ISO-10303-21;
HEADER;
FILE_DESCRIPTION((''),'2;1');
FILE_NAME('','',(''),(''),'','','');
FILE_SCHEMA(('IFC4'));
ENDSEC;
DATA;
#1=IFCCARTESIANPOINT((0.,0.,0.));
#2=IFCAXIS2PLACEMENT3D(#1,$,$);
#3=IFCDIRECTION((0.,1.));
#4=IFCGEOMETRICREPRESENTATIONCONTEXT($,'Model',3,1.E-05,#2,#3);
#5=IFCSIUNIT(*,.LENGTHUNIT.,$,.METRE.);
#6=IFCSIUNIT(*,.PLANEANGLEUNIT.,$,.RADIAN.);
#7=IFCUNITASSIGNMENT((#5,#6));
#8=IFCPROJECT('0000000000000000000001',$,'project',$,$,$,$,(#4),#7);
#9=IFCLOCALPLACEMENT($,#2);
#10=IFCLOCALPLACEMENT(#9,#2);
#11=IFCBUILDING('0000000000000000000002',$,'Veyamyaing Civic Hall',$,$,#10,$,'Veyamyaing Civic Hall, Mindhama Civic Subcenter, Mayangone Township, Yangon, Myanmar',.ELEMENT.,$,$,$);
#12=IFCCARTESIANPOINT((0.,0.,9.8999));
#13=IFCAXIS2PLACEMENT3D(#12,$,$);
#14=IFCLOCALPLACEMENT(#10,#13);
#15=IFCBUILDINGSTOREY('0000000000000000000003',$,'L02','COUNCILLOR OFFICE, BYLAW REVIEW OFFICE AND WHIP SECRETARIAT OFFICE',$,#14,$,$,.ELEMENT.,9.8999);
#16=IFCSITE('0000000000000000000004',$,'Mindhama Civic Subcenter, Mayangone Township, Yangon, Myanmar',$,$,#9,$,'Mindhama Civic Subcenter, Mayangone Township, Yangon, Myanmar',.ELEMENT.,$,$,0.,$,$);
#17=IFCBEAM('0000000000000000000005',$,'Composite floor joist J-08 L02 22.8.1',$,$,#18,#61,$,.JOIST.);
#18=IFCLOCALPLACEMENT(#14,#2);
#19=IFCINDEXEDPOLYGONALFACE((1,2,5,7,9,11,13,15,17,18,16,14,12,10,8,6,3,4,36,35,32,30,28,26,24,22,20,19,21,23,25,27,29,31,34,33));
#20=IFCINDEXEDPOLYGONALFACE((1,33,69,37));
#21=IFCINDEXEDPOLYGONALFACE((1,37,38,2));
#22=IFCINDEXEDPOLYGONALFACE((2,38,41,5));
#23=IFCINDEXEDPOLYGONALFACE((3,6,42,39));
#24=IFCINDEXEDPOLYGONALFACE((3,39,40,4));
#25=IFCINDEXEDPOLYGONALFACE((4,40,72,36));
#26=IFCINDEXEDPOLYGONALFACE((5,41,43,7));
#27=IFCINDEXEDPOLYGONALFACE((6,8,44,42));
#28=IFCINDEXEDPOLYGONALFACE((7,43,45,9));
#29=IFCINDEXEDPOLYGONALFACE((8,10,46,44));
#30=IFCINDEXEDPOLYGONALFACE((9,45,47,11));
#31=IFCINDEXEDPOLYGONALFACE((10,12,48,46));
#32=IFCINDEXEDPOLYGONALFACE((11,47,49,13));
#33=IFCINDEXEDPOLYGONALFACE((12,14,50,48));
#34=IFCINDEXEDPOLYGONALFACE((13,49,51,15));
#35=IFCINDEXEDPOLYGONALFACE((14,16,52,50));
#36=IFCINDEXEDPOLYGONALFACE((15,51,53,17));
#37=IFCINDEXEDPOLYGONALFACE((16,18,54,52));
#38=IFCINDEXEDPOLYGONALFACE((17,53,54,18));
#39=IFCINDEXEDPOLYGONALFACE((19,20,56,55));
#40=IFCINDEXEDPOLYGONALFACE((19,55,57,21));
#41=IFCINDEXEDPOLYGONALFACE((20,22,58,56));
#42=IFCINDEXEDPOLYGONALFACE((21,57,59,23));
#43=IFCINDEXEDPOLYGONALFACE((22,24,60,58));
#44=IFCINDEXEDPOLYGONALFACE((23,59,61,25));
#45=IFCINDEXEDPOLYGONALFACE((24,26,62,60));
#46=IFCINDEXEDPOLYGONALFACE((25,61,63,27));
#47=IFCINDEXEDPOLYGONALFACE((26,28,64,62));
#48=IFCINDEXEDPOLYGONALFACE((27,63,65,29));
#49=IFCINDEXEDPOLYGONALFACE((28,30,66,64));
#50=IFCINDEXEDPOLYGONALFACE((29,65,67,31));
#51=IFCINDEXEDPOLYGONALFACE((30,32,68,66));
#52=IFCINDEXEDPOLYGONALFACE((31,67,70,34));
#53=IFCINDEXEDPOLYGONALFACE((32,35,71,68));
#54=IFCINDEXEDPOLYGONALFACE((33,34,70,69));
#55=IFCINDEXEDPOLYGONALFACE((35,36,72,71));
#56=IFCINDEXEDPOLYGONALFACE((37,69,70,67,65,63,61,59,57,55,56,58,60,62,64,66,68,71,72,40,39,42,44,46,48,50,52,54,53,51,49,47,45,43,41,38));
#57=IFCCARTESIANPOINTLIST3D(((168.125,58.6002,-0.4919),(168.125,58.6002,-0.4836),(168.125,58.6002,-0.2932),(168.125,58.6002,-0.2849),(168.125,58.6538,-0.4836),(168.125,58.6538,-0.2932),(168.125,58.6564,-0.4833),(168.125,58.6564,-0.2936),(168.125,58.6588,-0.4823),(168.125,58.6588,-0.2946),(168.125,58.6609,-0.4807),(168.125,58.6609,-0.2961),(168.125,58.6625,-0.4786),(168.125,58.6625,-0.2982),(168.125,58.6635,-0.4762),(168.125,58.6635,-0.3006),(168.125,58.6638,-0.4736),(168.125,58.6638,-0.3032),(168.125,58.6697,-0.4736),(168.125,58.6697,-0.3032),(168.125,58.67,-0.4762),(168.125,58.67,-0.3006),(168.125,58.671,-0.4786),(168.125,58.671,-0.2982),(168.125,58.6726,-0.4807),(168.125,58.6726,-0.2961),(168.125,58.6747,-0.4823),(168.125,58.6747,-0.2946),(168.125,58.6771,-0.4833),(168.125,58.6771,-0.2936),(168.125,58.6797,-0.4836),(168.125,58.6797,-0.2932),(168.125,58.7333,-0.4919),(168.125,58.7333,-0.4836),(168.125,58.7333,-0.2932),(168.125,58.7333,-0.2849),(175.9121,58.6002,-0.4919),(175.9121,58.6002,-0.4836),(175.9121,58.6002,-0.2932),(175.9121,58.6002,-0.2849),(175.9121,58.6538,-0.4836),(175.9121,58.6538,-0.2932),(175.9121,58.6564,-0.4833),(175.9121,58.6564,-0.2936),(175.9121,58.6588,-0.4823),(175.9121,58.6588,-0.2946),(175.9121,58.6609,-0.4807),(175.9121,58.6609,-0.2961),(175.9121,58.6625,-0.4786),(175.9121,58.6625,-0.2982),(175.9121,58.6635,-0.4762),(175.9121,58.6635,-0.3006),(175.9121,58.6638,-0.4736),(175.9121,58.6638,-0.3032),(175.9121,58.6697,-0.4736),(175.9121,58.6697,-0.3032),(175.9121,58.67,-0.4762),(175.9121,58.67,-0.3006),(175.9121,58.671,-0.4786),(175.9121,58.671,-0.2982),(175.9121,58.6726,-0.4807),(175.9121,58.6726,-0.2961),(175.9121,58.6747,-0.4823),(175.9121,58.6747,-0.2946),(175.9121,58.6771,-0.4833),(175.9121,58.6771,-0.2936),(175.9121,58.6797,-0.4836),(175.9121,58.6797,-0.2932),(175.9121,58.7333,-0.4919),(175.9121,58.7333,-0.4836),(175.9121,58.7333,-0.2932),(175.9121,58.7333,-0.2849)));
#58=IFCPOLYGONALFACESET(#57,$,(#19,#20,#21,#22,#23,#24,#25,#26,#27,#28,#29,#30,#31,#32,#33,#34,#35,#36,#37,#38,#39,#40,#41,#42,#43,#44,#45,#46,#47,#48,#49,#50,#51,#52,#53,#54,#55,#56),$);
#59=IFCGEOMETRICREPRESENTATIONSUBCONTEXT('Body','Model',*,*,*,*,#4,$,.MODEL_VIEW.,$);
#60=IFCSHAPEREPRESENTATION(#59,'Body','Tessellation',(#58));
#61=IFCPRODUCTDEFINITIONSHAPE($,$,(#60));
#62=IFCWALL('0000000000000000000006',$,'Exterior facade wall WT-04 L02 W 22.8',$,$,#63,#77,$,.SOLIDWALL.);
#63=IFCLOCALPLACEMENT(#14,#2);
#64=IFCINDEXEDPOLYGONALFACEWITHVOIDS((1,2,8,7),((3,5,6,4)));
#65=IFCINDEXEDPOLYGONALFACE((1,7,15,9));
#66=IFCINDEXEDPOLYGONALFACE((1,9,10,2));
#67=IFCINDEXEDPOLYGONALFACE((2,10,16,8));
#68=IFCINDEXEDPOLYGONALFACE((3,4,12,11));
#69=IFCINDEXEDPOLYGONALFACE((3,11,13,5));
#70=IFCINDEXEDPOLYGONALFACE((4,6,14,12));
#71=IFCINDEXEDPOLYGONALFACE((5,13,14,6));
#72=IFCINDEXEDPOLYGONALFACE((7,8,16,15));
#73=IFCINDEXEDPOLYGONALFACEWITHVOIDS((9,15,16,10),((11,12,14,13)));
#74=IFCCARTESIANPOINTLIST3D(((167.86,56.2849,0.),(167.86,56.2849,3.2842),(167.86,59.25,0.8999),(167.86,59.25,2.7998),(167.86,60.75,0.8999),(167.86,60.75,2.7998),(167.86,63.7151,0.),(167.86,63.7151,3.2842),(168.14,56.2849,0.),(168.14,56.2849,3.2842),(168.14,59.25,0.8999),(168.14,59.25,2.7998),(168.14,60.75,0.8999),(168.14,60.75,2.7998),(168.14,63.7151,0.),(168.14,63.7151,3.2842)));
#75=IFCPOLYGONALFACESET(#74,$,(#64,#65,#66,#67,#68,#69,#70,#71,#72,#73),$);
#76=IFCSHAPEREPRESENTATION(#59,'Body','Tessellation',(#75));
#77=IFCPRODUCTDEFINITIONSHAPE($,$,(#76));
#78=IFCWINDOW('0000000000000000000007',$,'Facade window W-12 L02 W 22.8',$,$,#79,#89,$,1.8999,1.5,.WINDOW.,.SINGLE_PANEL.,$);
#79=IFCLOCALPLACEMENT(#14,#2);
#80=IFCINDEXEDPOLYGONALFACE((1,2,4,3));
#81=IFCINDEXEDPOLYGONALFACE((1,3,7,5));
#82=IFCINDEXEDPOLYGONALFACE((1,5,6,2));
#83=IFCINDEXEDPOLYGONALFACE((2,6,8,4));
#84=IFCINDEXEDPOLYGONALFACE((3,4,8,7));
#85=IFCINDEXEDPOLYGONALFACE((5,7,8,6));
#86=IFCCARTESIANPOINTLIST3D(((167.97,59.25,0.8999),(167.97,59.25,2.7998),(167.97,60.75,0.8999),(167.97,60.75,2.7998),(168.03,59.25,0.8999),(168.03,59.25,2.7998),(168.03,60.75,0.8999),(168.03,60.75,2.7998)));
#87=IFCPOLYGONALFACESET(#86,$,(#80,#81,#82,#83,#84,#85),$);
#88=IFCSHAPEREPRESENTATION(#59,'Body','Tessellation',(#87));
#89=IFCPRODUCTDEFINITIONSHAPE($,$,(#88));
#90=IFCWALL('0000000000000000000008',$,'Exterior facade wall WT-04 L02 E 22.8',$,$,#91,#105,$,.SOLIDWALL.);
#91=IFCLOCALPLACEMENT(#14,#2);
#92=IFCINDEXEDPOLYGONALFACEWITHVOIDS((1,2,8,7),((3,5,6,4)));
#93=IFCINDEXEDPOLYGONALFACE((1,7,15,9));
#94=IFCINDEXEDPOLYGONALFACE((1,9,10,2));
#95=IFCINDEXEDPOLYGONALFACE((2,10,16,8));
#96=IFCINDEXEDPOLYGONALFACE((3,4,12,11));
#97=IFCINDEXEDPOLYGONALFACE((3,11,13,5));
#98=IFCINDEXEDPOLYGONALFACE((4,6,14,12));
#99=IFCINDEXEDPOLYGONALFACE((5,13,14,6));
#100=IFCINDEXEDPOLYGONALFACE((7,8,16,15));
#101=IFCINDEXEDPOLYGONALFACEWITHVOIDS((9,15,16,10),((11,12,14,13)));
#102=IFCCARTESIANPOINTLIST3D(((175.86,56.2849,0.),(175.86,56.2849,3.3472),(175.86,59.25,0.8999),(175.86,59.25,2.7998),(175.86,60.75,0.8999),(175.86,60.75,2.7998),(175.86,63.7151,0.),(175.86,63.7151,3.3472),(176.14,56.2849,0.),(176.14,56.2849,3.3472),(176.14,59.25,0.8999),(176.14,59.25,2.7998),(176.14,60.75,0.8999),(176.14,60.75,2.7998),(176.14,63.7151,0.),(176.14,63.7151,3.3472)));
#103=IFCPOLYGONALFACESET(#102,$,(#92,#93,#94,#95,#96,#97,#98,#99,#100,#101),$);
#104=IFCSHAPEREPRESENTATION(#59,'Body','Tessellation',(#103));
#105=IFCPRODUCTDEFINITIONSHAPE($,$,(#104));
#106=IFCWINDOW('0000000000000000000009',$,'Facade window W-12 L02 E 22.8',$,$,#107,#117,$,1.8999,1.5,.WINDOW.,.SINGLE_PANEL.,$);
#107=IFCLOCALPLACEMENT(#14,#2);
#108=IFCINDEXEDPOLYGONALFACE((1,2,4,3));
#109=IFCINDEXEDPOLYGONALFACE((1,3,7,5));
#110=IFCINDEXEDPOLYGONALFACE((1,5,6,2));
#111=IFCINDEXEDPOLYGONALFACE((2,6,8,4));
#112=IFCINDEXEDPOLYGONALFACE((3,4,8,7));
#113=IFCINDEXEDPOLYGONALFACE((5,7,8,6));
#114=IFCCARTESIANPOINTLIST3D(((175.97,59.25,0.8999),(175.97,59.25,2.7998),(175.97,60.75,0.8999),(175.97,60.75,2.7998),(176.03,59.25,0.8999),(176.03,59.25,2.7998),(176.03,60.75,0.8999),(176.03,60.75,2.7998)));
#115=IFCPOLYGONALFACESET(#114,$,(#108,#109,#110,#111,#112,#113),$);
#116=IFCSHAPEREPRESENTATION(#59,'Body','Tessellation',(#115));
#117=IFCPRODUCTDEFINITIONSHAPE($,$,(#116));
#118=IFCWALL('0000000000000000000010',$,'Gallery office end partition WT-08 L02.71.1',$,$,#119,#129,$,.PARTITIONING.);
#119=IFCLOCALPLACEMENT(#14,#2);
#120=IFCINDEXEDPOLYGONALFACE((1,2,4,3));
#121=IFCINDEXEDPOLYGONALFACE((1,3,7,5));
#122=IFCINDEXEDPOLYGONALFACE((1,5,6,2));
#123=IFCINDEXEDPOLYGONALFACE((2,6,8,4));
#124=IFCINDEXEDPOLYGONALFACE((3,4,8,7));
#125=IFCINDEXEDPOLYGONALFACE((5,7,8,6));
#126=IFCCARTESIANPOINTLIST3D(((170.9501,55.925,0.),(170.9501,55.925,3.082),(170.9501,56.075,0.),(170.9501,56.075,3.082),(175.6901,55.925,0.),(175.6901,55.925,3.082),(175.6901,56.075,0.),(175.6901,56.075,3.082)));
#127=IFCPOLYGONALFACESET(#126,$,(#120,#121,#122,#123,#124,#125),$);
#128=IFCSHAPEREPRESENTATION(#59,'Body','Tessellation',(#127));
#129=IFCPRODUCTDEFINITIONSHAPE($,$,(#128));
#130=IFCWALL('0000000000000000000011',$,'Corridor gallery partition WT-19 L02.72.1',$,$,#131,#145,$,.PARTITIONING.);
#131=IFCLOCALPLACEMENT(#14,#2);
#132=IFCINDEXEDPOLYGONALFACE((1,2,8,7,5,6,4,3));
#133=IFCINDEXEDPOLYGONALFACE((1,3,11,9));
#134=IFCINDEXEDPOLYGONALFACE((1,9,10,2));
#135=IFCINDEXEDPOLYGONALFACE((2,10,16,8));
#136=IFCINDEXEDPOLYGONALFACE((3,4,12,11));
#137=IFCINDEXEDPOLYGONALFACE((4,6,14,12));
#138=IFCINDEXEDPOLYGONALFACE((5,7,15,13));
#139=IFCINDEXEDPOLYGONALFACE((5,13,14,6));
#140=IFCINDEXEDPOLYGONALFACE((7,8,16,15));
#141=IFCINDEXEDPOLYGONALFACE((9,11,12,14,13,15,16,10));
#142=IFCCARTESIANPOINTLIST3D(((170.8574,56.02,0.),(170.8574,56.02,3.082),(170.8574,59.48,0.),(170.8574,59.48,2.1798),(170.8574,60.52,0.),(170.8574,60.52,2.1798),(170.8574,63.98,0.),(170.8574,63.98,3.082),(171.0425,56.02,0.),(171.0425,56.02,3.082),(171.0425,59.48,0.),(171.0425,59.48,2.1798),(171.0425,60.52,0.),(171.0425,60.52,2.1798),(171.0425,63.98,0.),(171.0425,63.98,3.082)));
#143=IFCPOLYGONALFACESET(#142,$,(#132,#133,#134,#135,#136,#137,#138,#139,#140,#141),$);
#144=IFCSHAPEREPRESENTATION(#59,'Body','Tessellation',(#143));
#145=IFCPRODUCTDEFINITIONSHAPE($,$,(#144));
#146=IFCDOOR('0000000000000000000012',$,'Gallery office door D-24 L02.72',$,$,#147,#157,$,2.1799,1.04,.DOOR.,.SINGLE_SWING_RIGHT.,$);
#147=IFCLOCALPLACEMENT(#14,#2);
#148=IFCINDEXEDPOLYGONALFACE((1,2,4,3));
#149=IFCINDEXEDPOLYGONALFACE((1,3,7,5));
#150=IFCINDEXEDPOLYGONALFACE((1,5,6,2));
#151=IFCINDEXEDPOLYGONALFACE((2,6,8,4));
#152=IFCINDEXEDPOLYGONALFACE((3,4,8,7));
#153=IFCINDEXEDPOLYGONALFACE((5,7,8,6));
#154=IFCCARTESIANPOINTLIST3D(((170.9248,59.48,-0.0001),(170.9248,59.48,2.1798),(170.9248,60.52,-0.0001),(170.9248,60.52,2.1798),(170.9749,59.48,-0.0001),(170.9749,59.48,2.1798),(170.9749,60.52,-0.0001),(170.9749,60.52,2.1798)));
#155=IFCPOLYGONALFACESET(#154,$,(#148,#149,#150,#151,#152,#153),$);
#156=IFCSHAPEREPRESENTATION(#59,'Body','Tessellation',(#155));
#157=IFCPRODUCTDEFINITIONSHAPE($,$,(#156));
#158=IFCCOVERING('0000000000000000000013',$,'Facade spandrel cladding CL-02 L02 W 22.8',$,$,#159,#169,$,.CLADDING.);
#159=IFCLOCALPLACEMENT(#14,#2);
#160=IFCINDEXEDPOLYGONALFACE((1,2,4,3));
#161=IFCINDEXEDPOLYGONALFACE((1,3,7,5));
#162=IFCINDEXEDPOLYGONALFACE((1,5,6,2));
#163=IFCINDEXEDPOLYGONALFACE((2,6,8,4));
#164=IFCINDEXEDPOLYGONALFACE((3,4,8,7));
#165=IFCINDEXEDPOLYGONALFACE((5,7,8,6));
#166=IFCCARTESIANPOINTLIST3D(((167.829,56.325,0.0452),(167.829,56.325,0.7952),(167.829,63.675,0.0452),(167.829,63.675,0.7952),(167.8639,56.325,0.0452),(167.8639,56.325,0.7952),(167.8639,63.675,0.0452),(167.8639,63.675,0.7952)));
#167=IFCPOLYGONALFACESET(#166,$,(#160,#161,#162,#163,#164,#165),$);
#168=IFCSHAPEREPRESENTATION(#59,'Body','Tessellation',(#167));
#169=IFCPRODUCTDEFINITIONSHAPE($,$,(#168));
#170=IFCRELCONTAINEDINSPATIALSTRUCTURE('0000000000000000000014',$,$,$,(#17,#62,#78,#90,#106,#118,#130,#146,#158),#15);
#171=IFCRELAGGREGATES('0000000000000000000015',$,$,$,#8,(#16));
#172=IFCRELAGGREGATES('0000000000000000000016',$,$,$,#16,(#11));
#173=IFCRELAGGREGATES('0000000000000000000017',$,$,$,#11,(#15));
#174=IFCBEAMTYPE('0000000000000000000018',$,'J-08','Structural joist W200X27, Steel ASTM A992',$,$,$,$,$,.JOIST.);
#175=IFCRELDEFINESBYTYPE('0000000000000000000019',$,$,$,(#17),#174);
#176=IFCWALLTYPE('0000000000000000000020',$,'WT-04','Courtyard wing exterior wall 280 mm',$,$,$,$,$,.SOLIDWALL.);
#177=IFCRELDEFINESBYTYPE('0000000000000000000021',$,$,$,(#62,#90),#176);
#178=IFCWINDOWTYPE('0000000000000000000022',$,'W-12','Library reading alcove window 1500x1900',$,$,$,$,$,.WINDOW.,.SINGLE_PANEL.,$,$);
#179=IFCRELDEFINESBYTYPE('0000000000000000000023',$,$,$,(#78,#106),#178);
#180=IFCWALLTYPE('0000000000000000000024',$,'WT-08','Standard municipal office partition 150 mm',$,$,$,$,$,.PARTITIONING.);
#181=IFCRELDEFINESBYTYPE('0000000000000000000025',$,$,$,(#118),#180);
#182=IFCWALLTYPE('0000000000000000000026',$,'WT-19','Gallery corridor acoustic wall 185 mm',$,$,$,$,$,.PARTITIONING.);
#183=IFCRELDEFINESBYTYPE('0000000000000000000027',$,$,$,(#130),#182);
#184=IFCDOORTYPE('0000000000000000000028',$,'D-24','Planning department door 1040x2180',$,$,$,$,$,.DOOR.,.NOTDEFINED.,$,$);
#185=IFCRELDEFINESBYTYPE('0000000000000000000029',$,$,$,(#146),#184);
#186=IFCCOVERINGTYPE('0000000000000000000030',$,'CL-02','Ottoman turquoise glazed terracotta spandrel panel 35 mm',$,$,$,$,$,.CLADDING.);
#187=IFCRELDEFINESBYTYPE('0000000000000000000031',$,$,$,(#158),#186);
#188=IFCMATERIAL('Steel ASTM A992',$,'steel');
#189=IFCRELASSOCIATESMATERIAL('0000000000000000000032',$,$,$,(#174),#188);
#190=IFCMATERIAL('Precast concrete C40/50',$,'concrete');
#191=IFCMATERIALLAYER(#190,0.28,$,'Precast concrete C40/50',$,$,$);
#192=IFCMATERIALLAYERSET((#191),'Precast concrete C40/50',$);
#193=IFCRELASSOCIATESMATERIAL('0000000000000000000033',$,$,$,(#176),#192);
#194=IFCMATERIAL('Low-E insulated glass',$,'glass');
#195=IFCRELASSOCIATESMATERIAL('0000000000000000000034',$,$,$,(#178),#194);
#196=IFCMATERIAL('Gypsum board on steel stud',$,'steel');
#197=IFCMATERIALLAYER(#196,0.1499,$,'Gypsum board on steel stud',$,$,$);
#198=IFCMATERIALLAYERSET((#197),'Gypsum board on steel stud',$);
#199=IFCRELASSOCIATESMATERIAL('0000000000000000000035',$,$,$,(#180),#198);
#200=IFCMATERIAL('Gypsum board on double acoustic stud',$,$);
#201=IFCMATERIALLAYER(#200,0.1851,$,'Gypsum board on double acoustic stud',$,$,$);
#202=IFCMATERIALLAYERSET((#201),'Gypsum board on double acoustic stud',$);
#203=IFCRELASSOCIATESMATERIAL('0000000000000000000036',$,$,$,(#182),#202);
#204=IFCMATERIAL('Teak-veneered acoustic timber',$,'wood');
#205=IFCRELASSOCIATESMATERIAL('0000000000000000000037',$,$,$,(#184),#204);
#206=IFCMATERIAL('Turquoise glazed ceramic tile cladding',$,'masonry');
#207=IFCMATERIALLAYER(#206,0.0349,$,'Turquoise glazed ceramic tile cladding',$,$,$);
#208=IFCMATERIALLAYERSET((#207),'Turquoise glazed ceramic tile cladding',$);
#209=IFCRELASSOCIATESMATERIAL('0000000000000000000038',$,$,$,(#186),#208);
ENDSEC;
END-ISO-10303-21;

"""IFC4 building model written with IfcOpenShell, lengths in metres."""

from ifc_helpers import new_model, si_unit, direction, frame, frame_2d, origin, origin_2d, place, context, subcontext, project, spatial, rectangle, i_section, extrude, material, layer, layer_set, material_profile, profile_set, type_object, element, fill, save


model = new_model("IFC4")

# Units and contexts
model_context = context("Model", 3, precision=1e-05, world=origin(), true_north=direction((0.0, 1.0)))
body_context = subcontext(model_context, "Body", "Model", "MODEL_VIEW")
ifc_project = project(units=[si_unit("LENGTHUNIT", "METRE"), si_unit("PLANEANGLEUNIT", "RADIAN")], contexts=[model_context])

# Site, building, storey
site_placement = place(None, origin())
site = spatial("IfcSite", under=ifc_project, at=site_placement, Name="Mindhama Civic Subcenter, Mayangone Township, Yangon, Myanmar", LongName="Mindhama Civic Subcenter, Mayangone Township, Yangon, Myanmar", CompositionType="ELEMENT", RefElevation=0.0)
building_placement = place(site_placement, origin())
building = spatial("IfcBuilding", under=site, at=building_placement, Name="Veyamyaing Civic Hall", LongName="Veyamyaing Civic Hall, Mindhama Civic Subcenter, Mayangone Township, Yangon, Myanmar", CompositionType="ELEMENT")
storey_placement = place(building_placement, frame((0.0, 0.0, 9.8999)))
storey = spatial("IfcBuildingStorey", under=building, at=storey_placement, Name="L02", Description="COUNCILLOR OFFICE, BYLAW REVIEW OFFICE AND WHIP SECRETARIAT OFFICE", CompositionType="ELEMENT", Elevation=9.8999)

# Beam
ifc_material_1 = material(Name="Steel ASTM A992", Category="steel")
ifc_material_profile_1 = material_profile(ifc_material_1, i_section(OverallWidth=0.1331, OverallDepth=0.207, WebThickness=0.0059, FlangeThickness=0.0083, FilletRadius=0.01, at=origin_2d()), Name="W200X27")
ifc_profile_set_1 = profile_set([ifc_material_profile_1], Name="Steel ASTM A992")
beam_type_1 = type_object("IfcBeamType", Name="J-08", Description="Structural joist W200X27, Steel ASTM A992", PredefinedType="JOIST", material=ifc_profile_set_1)
beam_1_placement = place(storey_placement, frame((168.125, 58.6667, -0.3884), z_axis=(1.0, 0.0, 0.0), x_axis=(0.0, 1.0, 0.0)))
element("IfcBeam", 1, at=beam_1_placement, inside=storey, type_object=beam_type_1, Name="Composite floor joist J-08 L02 22.8.1", PredefinedType="JOIST", context=body_context, shape_type="SweptSolid", body=[
    extrude(i_section(OverallWidth=0.1331, OverallDepth=0.207, WebThickness=0.0059, FlangeThickness=0.0083, FilletRadius=0.01, at=origin_2d()), origin(), (0.0, 0.0, 1.0), 7.7871),
])

# Walls, openings, windows
ifc_material_2 = material(Name="Precast concrete C40/50", Category="concrete")
ifc_layer_1 = layer(ifc_material_2, 0.28, Name="Precast concrete C40/50")
ifc_layer_set_1 = layer_set([ifc_layer_1], Name="Precast concrete C40/50")
wall_type_1 = type_object("IfcWallType", Name="WT-04", Description="Courtyard wing exterior wall 280 mm", PredefinedType="SOLIDWALL", material=ifc_layer_set_1)
wall_1_placement = place(storey_placement, frame((168.0, 56.2849, 0.0), z_axis=(0.0, 0.0, 1.0), x_axis=(0.0, 1.0, 0.0)))
wall_1 = element("IfcWall", 2, at=wall_1_placement, inside=storey, type_object=wall_type_1, Name="Exterior facade wall WT-04 L02 W 22.8", PredefinedType="SOLIDWALL", context=body_context, shape_type="SweptSolid", body=[
    extrude(rectangle(XDim=7.4302, YDim=0.28, at=frame_2d((3.7151, 0.0))), origin(), (0.0, 0.0, 1.0), 3.2842),
])
opening_1_placement = place(wall_1_placement, frame((2.9651, 0.0, 0.8999)))
opening_1 = element("IfcOpeningElement", 3, at=opening_1_placement, cuts=wall_1, PredefinedType="OPENING", context=body_context, shape_type="SweptSolid", body=[
    extrude(rectangle(XDim=1.5, YDim=1.8999, at=frame_2d((0.75, 0.95))), frame((0.0, 0.1499, 0.0), z_axis=(0.0, -1.0, 0.0), x_axis=(1.0, 0.0, 0.0)), (0.0, 0.0, 1.0), 0.3),
])
ifc_material_3 = material(Name="Low-E insulated glass", Category="glass")
window_type = type_object("IfcWindowType", Name="W-12", Description="Library reading alcove window 1500x1900", PartitioningType="SINGLE_PANEL", PredefinedType="WINDOW", material=ifc_material_3)
window_1_placement = place(opening_1_placement, origin())
window_1 = element("IfcWindow", 4, at=window_1_placement, inside=storey, type_object=window_type, Name="Facade window W-12 L02 W 22.8", OverallHeight=1.8999, OverallWidth=1.5, PartitioningType="SINGLE_PANEL", PredefinedType="WINDOW", context=body_context, shape_type="SweptSolid", body=[
    extrude(rectangle(XDim=1.5, YDim=1.8999, at=frame_2d((0.75, 0.95))), frame((0.0, 0.03, 0.0), z_axis=(0.0, -1.0, 0.0), x_axis=(1.0, 0.0, 0.0)), (0.0, 0.0, 1.0), 0.0601),
])
fill(opening_1, window_1)
wall_2_placement = place(storey_placement, frame((176.0, 56.2849, 0.0), z_axis=(0.0, 0.0, 1.0), x_axis=(0.0, 1.0, 0.0)))
wall_2 = element("IfcWall", 5, at=wall_2_placement, inside=storey, type_object=wall_type_1, Name="Exterior facade wall WT-04 L02 E 22.8", PredefinedType="SOLIDWALL", context=body_context, shape_type="SweptSolid", body=[
    extrude(rectangle(XDim=7.4302, YDim=0.28, at=frame_2d((3.7151, 0.0))), origin(), (0.0, 0.0, 1.0), 3.3472),
])
opening_2_placement = place(wall_2_placement, frame((2.9651, 0.0, 0.8999)))
opening_2 = element("IfcOpeningElement", 6, at=opening_2_placement, cuts=wall_2, PredefinedType="OPENING", context=body_context, shape_type="SweptSolid", body=[
    extrude(rectangle(XDim=1.5, YDim=1.8999, at=frame_2d((0.75, 0.95))), frame((0.0, 0.1499, 0.0), z_axis=(0.0, -1.0, 0.0), x_axis=(1.0, 0.0, 0.0)), (0.0, 0.0, 1.0), 0.3),
])
window_2_placement = place(opening_2_placement, origin())
window_2 = element("IfcWindow", 7, at=window_2_placement, inside=storey, type_object=window_type, Name="Facade window W-12 L02 E 22.8", OverallHeight=1.8999, OverallWidth=1.5, PartitioningType="SINGLE_PANEL", PredefinedType="WINDOW", context=body_context, shape_type="SweptSolid", body=[
    extrude(rectangle(XDim=1.5, YDim=1.8999, at=frame_2d((0.75, 0.95))), frame((0.0, 0.03, 0.0), z_axis=(0.0, -1.0, 0.0), x_axis=(1.0, 0.0, 0.0)), (0.0, 0.0, 1.0), 0.0601),
])
fill(opening_2, window_2)

# Wall
ifc_material_4 = material(Name="Gypsum board on steel stud", Category="steel")
ifc_layer_2 = layer(ifc_material_4, 0.1499, Name="Gypsum board on steel stud")
ifc_layer_set_2 = layer_set([ifc_layer_2], Name="Gypsum board on steel stud")
wall_type_2 = type_object("IfcWallType", Name="WT-08", Description="Standard municipal office partition 150 mm", PredefinedType="PARTITIONING", material=ifc_layer_set_2)
wall_3_placement = place(storey_placement, frame((170.95, 56.0, 0.0), z_axis=(0.0, 0.0, 1.0), x_axis=(1.0, 0.0, 0.0)))
element("IfcWall", 8, at=wall_3_placement, inside=storey, type_object=wall_type_2, Name="Gallery office end partition WT-08 L02.71.1", PredefinedType="PARTITIONING", context=body_context, shape_type="SweptSolid", body=[
    extrude(rectangle(XDim=4.74, YDim=0.1499, at=frame_2d((2.3701, 0.0))), origin(), (0.0, 0.0, 1.0), 3.082),
])

# Wall, opening, door
ifc_material_5 = material(Name="Gypsum board on double acoustic stud")
ifc_layer_3 = layer(ifc_material_5, 0.1851, Name="Gypsum board on double acoustic stud")
ifc_layer_set_3 = layer_set([ifc_layer_3], Name="Gypsum board on double acoustic stud")
wall_type_3 = type_object("IfcWallType", Name="WT-19", Description="Gallery corridor acoustic wall 185 mm", PredefinedType="PARTITIONING", material=ifc_layer_set_3)
wall_4_placement = place(storey_placement, frame((170.95, 56.02, 0.0), z_axis=(0.0, 0.0, 1.0), x_axis=(0.0, 1.0, 0.0)))
wall_4 = element("IfcWall", 9, at=wall_4_placement, inside=storey, type_object=wall_type_3, Name="Corridor gallery partition WT-19 L02.72.1", PredefinedType="PARTITIONING", context=body_context, shape_type="SweptSolid", body=[
    extrude(rectangle(XDim=7.96, YDim=0.1851, at=frame_2d((3.98, 0.0))), origin(), (0.0, 0.0, 1.0), 3.082),
])
opening_3_placement = place(wall_4_placement, frame((3.46, 0.0, 0.0)))
opening_3 = element("IfcOpeningElement", 10, at=opening_3_placement, cuts=wall_4, PredefinedType="OPENING", context=body_context, shape_type="SweptSolid", body=[
    extrude(rectangle(XDim=1.04, YDim=2.1799, at=frame_2d((0.52, 1.0898))), frame((0.0, 0.1025, 0.0), z_axis=(0.0, -1.0, 0.0), x_axis=(1.0, 0.0, 0.0)), (0.0, 0.0, 1.0), 0.2051),
])
ifc_material_6 = material(Name="Teak-veneered acoustic timber", Category="wood")
door_type = type_object("IfcDoorType", Name="D-24", Description="Planning department door 1040x2180", OperationType="NOTDEFINED", PredefinedType="DOOR", material=ifc_material_6)
door_placement = place(opening_3_placement, frame((1.04, 0.0, 0.0), z_axis=(0.0, 0.0, 1.0), x_axis=(-1.0, 0.0, 0.0)))
door = element("IfcDoor", 11, at=door_placement, inside=storey, type_object=door_type, Name="Gallery office door D-24 L02.72", OperationType="SINGLE_SWING_RIGHT", OverallHeight=2.1799, OverallWidth=1.04, PredefinedType="DOOR", context=body_context, shape_type="SweptSolid", body=[
    extrude(rectangle(XDim=1.04, YDim=2.1799, at=frame_2d((0.52, 1.0898))), frame((0.0, 0.0249, 0.0), z_axis=(0.0, -1.0, 0.0), x_axis=(1.0, 0.0, 0.0)), (0.0, 0.0, 1.0), 0.05),
])
fill(opening_3, door)

# Covering
ifc_material_7 = material(Name="Turquoise glazed ceramic tile cladding", Category="masonry")
ifc_layer_4 = layer(ifc_material_7, 0.0349, Name="Turquoise glazed ceramic tile cladding")
ifc_layer_set_4 = layer_set([ifc_layer_4], Name="Turquoise glazed ceramic tile cladding")
covering_type = type_object("IfcCoveringType", Name="CL-02", Description="Ottoman turquoise glazed terracotta spandrel panel 35 mm", PredefinedType="CLADDING", material=ifc_layer_set_4)
for number, where, z_axis, x_axis, name in (
    (12, (167.8464, 60.0, 0.0452), (0.0, 0.0, 1.0), (0.0, 1.0, 0.0), "Facade spandrel cladding CL-02 L02 W 22.8"),
):
    element("IfcCovering", number, at=place(storey_placement, frame(where, z_axis=z_axis, x_axis=x_axis)), inside=storey, type_object=covering_type, Name=name, PredefinedType="CLADDING", context=body_context, shape_type="SweptSolid", body=[
        extrude(rectangle(XDim=7.3501, YDim=0.0349, at=origin_2d()), origin(), (0.0, 0.0, 1.0), 0.75),
    ])

save(model, "model.ifc")
